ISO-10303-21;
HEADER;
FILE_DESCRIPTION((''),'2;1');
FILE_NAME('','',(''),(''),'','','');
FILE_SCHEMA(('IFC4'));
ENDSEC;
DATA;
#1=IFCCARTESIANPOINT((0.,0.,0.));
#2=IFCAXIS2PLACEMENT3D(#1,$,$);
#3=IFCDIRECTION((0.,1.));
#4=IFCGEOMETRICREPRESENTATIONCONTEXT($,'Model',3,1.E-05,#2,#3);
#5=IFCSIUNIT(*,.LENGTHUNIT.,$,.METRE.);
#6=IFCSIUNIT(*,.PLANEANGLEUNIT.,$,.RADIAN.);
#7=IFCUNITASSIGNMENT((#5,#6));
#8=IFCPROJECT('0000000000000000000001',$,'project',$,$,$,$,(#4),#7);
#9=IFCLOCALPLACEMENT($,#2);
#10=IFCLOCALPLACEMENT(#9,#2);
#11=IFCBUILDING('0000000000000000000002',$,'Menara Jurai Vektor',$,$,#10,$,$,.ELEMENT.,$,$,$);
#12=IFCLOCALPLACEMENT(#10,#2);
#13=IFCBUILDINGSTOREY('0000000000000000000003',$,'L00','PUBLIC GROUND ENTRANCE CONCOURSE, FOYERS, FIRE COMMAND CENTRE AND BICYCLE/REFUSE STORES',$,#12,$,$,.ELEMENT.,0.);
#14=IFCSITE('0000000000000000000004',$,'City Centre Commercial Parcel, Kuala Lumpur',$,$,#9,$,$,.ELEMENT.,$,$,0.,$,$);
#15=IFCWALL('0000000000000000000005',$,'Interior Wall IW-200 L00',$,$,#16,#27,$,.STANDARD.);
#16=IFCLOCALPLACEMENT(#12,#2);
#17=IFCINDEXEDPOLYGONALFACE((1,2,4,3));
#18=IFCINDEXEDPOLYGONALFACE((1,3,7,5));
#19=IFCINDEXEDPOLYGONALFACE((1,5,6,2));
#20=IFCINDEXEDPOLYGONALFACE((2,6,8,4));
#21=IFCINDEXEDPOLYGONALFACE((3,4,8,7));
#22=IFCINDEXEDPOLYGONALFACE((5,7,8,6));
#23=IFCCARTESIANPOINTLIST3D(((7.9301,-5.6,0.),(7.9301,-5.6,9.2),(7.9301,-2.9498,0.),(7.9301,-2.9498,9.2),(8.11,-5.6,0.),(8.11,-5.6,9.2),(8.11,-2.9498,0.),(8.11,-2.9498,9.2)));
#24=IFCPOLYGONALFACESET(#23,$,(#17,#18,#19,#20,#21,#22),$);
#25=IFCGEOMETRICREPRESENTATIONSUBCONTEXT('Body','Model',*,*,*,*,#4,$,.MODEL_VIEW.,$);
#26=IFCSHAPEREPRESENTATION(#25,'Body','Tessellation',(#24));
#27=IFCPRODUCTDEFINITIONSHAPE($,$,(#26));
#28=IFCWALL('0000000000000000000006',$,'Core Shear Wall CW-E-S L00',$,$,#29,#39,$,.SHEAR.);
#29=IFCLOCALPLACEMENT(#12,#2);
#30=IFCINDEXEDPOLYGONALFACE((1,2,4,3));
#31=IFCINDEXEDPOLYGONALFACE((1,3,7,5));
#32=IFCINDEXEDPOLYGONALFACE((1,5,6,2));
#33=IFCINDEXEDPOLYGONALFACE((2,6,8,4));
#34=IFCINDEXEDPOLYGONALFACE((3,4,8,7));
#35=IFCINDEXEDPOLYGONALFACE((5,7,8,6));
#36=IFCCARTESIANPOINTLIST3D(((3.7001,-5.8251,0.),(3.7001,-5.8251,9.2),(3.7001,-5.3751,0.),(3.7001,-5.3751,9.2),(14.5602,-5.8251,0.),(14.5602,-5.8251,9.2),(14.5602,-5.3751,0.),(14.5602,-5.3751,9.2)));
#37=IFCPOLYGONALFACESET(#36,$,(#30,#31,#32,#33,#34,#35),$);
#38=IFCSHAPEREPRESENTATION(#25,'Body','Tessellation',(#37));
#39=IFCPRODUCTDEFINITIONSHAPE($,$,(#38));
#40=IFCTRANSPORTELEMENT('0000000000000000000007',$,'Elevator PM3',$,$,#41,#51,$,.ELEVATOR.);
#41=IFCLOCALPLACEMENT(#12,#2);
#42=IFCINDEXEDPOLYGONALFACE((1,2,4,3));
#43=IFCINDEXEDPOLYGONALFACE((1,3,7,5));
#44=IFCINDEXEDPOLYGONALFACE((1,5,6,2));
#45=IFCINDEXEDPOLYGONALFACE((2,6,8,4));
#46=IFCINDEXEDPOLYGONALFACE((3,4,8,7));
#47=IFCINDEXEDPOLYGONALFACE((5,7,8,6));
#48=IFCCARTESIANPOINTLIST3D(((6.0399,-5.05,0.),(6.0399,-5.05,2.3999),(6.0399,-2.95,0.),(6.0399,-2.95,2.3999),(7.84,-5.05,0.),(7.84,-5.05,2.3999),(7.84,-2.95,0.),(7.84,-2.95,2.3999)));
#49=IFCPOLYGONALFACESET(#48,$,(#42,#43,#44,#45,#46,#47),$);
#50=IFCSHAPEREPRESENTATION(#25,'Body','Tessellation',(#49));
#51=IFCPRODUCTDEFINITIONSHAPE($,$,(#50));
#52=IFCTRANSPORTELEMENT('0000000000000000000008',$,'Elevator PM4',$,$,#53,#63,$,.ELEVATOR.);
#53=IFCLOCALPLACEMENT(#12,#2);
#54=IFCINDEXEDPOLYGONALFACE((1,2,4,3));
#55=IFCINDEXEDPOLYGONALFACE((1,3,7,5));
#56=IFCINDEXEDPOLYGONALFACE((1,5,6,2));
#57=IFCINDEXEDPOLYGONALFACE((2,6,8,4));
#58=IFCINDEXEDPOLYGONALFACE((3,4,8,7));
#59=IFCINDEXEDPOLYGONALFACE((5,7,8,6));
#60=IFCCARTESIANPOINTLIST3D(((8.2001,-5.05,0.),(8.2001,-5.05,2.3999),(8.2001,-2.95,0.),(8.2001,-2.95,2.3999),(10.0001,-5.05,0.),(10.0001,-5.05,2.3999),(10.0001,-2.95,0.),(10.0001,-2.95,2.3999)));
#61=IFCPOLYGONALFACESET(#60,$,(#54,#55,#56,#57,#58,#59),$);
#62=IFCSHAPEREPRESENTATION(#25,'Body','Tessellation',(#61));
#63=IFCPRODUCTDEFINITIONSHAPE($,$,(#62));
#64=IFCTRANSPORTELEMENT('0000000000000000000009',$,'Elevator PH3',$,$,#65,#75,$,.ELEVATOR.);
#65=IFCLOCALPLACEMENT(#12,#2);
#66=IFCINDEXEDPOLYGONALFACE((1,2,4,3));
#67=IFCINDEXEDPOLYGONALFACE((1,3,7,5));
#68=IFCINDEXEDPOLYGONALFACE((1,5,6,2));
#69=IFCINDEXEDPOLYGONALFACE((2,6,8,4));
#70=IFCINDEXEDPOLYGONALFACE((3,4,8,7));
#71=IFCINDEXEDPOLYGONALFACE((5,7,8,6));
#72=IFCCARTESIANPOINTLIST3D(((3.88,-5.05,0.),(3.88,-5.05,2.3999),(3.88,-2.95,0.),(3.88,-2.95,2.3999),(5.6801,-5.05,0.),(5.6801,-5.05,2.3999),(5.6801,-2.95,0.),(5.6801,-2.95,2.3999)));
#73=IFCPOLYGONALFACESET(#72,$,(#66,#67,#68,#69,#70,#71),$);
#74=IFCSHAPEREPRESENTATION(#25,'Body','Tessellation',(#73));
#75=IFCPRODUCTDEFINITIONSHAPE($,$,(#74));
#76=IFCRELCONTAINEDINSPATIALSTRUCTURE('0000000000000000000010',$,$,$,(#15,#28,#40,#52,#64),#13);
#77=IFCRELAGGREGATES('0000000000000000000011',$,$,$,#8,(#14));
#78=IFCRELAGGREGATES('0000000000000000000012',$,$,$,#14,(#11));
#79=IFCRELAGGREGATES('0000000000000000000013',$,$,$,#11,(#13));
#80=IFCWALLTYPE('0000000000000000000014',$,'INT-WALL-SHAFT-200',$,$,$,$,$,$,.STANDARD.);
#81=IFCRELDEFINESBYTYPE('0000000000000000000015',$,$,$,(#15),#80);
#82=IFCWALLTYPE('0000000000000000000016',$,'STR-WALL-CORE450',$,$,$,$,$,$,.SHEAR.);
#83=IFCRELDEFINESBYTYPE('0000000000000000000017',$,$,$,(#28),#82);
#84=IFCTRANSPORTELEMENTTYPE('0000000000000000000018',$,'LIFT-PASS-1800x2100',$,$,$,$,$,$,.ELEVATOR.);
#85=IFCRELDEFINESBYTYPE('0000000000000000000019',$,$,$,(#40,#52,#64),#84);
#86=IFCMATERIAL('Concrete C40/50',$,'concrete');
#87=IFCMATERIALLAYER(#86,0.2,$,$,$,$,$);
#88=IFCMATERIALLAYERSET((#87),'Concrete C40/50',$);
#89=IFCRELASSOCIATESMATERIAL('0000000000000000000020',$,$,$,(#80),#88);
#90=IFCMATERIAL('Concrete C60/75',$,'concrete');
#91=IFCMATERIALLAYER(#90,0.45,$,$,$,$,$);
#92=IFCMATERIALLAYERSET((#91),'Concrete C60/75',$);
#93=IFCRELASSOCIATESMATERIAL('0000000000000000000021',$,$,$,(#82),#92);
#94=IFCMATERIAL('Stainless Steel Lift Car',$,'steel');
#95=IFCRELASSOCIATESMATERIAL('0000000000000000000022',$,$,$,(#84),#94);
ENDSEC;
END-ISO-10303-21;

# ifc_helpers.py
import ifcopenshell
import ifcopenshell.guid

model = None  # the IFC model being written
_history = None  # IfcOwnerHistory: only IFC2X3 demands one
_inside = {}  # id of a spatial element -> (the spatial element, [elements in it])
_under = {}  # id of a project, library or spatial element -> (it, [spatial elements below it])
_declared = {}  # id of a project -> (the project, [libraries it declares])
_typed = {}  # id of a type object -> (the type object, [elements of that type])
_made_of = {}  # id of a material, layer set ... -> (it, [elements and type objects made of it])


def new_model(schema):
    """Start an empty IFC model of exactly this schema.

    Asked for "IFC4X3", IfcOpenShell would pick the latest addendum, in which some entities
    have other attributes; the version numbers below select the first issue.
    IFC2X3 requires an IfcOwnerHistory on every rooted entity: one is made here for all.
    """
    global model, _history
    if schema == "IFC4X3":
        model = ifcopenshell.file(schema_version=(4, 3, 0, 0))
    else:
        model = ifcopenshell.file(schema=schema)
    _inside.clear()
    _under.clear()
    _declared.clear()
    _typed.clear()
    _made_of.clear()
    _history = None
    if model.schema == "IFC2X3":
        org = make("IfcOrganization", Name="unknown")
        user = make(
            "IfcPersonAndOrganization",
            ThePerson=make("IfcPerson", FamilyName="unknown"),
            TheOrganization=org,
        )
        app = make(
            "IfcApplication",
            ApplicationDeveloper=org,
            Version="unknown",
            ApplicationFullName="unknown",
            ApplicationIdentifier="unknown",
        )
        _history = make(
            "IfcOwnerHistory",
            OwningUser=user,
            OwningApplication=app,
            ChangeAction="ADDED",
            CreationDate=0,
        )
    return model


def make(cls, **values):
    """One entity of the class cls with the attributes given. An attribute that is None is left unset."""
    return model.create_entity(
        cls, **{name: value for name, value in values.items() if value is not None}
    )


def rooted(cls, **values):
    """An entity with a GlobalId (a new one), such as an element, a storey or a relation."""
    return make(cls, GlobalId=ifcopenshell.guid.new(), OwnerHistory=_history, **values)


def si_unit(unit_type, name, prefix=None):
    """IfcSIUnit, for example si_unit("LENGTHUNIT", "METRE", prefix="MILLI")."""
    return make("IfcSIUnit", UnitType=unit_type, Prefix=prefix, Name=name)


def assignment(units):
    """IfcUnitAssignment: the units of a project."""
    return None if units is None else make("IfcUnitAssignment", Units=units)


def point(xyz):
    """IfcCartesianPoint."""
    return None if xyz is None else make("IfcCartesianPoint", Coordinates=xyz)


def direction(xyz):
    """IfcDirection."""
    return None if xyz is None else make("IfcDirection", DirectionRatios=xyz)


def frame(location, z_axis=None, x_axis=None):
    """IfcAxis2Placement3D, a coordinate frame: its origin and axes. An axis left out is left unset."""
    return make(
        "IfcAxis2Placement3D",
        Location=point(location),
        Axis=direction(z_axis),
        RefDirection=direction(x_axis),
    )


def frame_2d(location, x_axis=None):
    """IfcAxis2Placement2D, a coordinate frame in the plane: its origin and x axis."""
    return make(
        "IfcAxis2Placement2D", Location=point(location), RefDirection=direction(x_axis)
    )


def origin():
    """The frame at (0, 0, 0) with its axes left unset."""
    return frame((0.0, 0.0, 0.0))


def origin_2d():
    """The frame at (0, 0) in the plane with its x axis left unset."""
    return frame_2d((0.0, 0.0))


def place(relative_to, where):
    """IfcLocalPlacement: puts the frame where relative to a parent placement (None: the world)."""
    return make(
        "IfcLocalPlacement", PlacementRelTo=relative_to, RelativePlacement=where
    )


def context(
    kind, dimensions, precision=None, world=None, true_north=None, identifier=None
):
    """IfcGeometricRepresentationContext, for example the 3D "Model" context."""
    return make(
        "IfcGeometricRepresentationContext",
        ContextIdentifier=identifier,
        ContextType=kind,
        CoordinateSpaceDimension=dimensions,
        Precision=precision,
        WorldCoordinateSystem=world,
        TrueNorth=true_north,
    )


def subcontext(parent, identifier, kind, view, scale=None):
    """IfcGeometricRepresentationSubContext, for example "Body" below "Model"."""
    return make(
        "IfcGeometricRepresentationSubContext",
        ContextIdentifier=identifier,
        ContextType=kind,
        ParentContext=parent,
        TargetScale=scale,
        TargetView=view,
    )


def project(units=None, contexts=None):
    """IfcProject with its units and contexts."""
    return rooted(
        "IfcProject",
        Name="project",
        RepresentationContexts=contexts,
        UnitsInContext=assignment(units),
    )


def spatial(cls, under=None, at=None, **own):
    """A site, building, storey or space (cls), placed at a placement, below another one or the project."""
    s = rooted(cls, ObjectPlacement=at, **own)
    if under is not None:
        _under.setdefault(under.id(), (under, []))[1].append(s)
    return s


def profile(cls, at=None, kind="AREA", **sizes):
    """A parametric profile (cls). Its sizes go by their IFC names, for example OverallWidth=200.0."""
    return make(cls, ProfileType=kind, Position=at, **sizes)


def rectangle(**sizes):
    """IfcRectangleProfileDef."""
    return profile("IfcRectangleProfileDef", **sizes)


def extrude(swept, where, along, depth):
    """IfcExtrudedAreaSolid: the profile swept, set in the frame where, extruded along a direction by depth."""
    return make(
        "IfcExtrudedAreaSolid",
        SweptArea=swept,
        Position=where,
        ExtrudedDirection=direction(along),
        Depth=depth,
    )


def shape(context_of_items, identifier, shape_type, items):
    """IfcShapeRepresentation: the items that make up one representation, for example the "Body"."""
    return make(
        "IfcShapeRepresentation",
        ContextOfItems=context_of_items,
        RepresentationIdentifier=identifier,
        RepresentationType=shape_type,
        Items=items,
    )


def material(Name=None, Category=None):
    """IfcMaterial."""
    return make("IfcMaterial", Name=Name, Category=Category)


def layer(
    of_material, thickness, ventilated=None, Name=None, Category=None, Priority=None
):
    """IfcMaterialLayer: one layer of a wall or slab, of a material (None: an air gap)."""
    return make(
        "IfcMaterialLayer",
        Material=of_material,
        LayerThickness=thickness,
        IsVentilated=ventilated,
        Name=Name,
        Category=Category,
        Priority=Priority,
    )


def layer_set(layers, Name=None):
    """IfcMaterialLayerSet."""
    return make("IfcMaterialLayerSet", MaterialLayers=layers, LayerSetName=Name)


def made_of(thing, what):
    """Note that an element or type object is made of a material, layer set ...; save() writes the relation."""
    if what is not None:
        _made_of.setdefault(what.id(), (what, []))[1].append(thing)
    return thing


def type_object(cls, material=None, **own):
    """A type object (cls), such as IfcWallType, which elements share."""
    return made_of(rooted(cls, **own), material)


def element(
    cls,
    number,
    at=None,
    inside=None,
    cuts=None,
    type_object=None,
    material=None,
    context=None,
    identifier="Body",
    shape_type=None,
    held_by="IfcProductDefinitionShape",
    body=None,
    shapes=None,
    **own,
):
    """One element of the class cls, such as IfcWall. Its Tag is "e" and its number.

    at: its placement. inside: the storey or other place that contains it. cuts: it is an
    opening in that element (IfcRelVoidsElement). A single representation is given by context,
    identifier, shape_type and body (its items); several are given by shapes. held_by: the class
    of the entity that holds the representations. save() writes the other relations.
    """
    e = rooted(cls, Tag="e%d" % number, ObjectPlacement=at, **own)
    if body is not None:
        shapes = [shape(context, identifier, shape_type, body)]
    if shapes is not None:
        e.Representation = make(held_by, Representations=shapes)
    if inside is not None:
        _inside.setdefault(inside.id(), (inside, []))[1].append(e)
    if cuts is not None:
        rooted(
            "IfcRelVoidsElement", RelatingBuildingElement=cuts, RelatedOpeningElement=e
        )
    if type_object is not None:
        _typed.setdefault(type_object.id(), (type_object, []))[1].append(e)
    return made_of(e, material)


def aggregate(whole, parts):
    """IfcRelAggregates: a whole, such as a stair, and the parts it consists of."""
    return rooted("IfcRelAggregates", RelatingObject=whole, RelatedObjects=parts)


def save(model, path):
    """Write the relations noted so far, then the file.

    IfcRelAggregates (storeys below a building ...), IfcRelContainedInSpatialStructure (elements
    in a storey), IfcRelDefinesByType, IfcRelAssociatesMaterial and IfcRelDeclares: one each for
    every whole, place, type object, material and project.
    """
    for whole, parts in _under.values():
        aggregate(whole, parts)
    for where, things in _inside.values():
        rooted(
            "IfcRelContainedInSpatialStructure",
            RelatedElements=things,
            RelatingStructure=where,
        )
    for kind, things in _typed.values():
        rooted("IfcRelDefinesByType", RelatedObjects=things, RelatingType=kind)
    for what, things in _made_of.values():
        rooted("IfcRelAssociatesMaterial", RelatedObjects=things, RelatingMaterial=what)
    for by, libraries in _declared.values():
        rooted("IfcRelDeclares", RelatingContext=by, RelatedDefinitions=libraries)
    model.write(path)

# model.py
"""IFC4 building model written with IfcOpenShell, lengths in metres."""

from ifc_helpers import new_model, si_unit, direction, frame, frame_2d, origin, origin_2d, place, context, subcontext, project, spatial, rectangle, extrude, material, layer, layer_set, type_object, element, save


model = new_model("IFC4")

# Units and contexts
model_context = context("Model", 3, precision=1e-05, world=origin(), true_north=direction((0.0, 1.0)))
body_context = subcontext(model_context, "Body", "Model", "MODEL_VIEW")
ifc_project = project(units=[si_unit("LENGTHUNIT", "METRE"), si_unit("PLANEANGLEUNIT", "RADIAN")], contexts=[model_context])

# Site, building, storey
site_placement = place(None, origin())
site = spatial("IfcSite", under=ifc_project, at=site_placement, Name="City Centre Commercial Parcel, Kuala Lumpur", CompositionType="ELEMENT", RefElevation=0.0)
building_placement = place(site_placement, origin())
building = spatial("IfcBuilding", under=site, at=building_placement, Name="Menara Jurai Vektor", CompositionType="ELEMENT")
storey_placement = place(building_placement, origin())
storey = spatial("IfcBuildingStorey", under=building, at=storey_placement, Name="L00", Description="PUBLIC GROUND ENTRANCE CONCOURSE, FOYERS, FIRE COMMAND CENTRE AND BICYCLE/REFUSE STORES", CompositionType="ELEMENT", Elevation=0.0)

# Shared definitions
ifc_material_1 = material(Name="Concrete C60/75", Category="concrete")

# Walls
ifc_material_2 = material(Name="Concrete C40/50", Category="concrete")
ifc_layer_1 = layer(ifc_material_2, 0.2)
ifc_layer_set_1 = layer_set([ifc_layer_1], Name="Concrete C40/50")
wall_type_1 = type_object("IfcWallType", Name="INT-WALL-SHAFT-200", PredefinedType="STANDARD", material=ifc_layer_set_1)
wall_1_placement = place(storey_placement, frame((8.02, -5.6001, 0.0), z_axis=(0.0, 0.0, 1.0), x_axis=(0.0, 1.0, 0.0)))
element("IfcWall", 1, at=wall_1_placement, inside=storey, type_object=wall_type_1, Name="Interior Wall IW-200 L00", PredefinedType="STANDARD", context=body_context, shape_type="SweptSolid", body=[
    extrude(rectangle(XDim=2.6501, YDim=0.1799, at=frame_2d((1.3252, 0.0))), origin(), (0.0, 0.0, 1.0), 9.2),
])
ifc_layer_2 = layer(ifc_material_1, 0.45)
ifc_layer_set_2 = layer_set([ifc_layer_2], Name="Concrete C60/75")
wall_type_2 = type_object("IfcWallType", Name="STR-WALL-CORE450", PredefinedType="SHEAR", material=ifc_layer_set_2)
wall_2_placement = place(storey_placement, frame((3.7, -5.6001, 0.0), z_axis=(0.0, 0.0, 1.0), x_axis=(1.0, 0.0, 0.0)))
element("IfcWall", 2, at=wall_2_placement, inside=storey, type_object=wall_type_2, Name="Core Shear Wall CW-E-S L00", PredefinedType="SHEAR", context=body_context, shape_type="SweptSolid", body=[
    extrude(rectangle(XDim=10.8601, YDim=0.45, at=frame_2d((5.4302, 0.0))), origin(), (0.0, 0.0, 1.0), 9.2),
])

# Transport elements
ifc_material_3 = material(Name="Stainless Steel Lift Car", Category="steel")
transport_element_type = type_object("IfcTransportElementType", Name="LIFT-PASS-1800x2100", PredefinedType="ELEVATOR", material=ifc_material_3)
for number, where, z_axis, x_axis, name in (
    (3, (6.9399, -4.0, 0.0), (0.0, 0.0, 1.0), (1.0, 0.0, 0.0), "Elevator PM3"),
    (4, (9.1001, -4.0, 0.0), (0.0, 0.0, 1.0), (1.0, 0.0, 0.0), "Elevator PM4"),
    (5, (4.78, -4.0, 0.0), (0.0, 0.0, 1.0), (1.0, 0.0, 0.0), "Elevator PH3"),
):
    element("IfcTransportElement", number, at=place(storey_placement, frame(where, z_axis=z_axis, x_axis=x_axis)), inside=storey, type_object=transport_element_type, Name=name, PredefinedType="ELEVATOR", context=body_context, shape_type="SweptSolid", body=[
        extrude(rectangle(XDim=1.8, YDim=2.1001, at=origin_2d()), origin(), (0.0, 0.0, 1.0), 2.3999),
    ])

save(model, "model.ifc")
